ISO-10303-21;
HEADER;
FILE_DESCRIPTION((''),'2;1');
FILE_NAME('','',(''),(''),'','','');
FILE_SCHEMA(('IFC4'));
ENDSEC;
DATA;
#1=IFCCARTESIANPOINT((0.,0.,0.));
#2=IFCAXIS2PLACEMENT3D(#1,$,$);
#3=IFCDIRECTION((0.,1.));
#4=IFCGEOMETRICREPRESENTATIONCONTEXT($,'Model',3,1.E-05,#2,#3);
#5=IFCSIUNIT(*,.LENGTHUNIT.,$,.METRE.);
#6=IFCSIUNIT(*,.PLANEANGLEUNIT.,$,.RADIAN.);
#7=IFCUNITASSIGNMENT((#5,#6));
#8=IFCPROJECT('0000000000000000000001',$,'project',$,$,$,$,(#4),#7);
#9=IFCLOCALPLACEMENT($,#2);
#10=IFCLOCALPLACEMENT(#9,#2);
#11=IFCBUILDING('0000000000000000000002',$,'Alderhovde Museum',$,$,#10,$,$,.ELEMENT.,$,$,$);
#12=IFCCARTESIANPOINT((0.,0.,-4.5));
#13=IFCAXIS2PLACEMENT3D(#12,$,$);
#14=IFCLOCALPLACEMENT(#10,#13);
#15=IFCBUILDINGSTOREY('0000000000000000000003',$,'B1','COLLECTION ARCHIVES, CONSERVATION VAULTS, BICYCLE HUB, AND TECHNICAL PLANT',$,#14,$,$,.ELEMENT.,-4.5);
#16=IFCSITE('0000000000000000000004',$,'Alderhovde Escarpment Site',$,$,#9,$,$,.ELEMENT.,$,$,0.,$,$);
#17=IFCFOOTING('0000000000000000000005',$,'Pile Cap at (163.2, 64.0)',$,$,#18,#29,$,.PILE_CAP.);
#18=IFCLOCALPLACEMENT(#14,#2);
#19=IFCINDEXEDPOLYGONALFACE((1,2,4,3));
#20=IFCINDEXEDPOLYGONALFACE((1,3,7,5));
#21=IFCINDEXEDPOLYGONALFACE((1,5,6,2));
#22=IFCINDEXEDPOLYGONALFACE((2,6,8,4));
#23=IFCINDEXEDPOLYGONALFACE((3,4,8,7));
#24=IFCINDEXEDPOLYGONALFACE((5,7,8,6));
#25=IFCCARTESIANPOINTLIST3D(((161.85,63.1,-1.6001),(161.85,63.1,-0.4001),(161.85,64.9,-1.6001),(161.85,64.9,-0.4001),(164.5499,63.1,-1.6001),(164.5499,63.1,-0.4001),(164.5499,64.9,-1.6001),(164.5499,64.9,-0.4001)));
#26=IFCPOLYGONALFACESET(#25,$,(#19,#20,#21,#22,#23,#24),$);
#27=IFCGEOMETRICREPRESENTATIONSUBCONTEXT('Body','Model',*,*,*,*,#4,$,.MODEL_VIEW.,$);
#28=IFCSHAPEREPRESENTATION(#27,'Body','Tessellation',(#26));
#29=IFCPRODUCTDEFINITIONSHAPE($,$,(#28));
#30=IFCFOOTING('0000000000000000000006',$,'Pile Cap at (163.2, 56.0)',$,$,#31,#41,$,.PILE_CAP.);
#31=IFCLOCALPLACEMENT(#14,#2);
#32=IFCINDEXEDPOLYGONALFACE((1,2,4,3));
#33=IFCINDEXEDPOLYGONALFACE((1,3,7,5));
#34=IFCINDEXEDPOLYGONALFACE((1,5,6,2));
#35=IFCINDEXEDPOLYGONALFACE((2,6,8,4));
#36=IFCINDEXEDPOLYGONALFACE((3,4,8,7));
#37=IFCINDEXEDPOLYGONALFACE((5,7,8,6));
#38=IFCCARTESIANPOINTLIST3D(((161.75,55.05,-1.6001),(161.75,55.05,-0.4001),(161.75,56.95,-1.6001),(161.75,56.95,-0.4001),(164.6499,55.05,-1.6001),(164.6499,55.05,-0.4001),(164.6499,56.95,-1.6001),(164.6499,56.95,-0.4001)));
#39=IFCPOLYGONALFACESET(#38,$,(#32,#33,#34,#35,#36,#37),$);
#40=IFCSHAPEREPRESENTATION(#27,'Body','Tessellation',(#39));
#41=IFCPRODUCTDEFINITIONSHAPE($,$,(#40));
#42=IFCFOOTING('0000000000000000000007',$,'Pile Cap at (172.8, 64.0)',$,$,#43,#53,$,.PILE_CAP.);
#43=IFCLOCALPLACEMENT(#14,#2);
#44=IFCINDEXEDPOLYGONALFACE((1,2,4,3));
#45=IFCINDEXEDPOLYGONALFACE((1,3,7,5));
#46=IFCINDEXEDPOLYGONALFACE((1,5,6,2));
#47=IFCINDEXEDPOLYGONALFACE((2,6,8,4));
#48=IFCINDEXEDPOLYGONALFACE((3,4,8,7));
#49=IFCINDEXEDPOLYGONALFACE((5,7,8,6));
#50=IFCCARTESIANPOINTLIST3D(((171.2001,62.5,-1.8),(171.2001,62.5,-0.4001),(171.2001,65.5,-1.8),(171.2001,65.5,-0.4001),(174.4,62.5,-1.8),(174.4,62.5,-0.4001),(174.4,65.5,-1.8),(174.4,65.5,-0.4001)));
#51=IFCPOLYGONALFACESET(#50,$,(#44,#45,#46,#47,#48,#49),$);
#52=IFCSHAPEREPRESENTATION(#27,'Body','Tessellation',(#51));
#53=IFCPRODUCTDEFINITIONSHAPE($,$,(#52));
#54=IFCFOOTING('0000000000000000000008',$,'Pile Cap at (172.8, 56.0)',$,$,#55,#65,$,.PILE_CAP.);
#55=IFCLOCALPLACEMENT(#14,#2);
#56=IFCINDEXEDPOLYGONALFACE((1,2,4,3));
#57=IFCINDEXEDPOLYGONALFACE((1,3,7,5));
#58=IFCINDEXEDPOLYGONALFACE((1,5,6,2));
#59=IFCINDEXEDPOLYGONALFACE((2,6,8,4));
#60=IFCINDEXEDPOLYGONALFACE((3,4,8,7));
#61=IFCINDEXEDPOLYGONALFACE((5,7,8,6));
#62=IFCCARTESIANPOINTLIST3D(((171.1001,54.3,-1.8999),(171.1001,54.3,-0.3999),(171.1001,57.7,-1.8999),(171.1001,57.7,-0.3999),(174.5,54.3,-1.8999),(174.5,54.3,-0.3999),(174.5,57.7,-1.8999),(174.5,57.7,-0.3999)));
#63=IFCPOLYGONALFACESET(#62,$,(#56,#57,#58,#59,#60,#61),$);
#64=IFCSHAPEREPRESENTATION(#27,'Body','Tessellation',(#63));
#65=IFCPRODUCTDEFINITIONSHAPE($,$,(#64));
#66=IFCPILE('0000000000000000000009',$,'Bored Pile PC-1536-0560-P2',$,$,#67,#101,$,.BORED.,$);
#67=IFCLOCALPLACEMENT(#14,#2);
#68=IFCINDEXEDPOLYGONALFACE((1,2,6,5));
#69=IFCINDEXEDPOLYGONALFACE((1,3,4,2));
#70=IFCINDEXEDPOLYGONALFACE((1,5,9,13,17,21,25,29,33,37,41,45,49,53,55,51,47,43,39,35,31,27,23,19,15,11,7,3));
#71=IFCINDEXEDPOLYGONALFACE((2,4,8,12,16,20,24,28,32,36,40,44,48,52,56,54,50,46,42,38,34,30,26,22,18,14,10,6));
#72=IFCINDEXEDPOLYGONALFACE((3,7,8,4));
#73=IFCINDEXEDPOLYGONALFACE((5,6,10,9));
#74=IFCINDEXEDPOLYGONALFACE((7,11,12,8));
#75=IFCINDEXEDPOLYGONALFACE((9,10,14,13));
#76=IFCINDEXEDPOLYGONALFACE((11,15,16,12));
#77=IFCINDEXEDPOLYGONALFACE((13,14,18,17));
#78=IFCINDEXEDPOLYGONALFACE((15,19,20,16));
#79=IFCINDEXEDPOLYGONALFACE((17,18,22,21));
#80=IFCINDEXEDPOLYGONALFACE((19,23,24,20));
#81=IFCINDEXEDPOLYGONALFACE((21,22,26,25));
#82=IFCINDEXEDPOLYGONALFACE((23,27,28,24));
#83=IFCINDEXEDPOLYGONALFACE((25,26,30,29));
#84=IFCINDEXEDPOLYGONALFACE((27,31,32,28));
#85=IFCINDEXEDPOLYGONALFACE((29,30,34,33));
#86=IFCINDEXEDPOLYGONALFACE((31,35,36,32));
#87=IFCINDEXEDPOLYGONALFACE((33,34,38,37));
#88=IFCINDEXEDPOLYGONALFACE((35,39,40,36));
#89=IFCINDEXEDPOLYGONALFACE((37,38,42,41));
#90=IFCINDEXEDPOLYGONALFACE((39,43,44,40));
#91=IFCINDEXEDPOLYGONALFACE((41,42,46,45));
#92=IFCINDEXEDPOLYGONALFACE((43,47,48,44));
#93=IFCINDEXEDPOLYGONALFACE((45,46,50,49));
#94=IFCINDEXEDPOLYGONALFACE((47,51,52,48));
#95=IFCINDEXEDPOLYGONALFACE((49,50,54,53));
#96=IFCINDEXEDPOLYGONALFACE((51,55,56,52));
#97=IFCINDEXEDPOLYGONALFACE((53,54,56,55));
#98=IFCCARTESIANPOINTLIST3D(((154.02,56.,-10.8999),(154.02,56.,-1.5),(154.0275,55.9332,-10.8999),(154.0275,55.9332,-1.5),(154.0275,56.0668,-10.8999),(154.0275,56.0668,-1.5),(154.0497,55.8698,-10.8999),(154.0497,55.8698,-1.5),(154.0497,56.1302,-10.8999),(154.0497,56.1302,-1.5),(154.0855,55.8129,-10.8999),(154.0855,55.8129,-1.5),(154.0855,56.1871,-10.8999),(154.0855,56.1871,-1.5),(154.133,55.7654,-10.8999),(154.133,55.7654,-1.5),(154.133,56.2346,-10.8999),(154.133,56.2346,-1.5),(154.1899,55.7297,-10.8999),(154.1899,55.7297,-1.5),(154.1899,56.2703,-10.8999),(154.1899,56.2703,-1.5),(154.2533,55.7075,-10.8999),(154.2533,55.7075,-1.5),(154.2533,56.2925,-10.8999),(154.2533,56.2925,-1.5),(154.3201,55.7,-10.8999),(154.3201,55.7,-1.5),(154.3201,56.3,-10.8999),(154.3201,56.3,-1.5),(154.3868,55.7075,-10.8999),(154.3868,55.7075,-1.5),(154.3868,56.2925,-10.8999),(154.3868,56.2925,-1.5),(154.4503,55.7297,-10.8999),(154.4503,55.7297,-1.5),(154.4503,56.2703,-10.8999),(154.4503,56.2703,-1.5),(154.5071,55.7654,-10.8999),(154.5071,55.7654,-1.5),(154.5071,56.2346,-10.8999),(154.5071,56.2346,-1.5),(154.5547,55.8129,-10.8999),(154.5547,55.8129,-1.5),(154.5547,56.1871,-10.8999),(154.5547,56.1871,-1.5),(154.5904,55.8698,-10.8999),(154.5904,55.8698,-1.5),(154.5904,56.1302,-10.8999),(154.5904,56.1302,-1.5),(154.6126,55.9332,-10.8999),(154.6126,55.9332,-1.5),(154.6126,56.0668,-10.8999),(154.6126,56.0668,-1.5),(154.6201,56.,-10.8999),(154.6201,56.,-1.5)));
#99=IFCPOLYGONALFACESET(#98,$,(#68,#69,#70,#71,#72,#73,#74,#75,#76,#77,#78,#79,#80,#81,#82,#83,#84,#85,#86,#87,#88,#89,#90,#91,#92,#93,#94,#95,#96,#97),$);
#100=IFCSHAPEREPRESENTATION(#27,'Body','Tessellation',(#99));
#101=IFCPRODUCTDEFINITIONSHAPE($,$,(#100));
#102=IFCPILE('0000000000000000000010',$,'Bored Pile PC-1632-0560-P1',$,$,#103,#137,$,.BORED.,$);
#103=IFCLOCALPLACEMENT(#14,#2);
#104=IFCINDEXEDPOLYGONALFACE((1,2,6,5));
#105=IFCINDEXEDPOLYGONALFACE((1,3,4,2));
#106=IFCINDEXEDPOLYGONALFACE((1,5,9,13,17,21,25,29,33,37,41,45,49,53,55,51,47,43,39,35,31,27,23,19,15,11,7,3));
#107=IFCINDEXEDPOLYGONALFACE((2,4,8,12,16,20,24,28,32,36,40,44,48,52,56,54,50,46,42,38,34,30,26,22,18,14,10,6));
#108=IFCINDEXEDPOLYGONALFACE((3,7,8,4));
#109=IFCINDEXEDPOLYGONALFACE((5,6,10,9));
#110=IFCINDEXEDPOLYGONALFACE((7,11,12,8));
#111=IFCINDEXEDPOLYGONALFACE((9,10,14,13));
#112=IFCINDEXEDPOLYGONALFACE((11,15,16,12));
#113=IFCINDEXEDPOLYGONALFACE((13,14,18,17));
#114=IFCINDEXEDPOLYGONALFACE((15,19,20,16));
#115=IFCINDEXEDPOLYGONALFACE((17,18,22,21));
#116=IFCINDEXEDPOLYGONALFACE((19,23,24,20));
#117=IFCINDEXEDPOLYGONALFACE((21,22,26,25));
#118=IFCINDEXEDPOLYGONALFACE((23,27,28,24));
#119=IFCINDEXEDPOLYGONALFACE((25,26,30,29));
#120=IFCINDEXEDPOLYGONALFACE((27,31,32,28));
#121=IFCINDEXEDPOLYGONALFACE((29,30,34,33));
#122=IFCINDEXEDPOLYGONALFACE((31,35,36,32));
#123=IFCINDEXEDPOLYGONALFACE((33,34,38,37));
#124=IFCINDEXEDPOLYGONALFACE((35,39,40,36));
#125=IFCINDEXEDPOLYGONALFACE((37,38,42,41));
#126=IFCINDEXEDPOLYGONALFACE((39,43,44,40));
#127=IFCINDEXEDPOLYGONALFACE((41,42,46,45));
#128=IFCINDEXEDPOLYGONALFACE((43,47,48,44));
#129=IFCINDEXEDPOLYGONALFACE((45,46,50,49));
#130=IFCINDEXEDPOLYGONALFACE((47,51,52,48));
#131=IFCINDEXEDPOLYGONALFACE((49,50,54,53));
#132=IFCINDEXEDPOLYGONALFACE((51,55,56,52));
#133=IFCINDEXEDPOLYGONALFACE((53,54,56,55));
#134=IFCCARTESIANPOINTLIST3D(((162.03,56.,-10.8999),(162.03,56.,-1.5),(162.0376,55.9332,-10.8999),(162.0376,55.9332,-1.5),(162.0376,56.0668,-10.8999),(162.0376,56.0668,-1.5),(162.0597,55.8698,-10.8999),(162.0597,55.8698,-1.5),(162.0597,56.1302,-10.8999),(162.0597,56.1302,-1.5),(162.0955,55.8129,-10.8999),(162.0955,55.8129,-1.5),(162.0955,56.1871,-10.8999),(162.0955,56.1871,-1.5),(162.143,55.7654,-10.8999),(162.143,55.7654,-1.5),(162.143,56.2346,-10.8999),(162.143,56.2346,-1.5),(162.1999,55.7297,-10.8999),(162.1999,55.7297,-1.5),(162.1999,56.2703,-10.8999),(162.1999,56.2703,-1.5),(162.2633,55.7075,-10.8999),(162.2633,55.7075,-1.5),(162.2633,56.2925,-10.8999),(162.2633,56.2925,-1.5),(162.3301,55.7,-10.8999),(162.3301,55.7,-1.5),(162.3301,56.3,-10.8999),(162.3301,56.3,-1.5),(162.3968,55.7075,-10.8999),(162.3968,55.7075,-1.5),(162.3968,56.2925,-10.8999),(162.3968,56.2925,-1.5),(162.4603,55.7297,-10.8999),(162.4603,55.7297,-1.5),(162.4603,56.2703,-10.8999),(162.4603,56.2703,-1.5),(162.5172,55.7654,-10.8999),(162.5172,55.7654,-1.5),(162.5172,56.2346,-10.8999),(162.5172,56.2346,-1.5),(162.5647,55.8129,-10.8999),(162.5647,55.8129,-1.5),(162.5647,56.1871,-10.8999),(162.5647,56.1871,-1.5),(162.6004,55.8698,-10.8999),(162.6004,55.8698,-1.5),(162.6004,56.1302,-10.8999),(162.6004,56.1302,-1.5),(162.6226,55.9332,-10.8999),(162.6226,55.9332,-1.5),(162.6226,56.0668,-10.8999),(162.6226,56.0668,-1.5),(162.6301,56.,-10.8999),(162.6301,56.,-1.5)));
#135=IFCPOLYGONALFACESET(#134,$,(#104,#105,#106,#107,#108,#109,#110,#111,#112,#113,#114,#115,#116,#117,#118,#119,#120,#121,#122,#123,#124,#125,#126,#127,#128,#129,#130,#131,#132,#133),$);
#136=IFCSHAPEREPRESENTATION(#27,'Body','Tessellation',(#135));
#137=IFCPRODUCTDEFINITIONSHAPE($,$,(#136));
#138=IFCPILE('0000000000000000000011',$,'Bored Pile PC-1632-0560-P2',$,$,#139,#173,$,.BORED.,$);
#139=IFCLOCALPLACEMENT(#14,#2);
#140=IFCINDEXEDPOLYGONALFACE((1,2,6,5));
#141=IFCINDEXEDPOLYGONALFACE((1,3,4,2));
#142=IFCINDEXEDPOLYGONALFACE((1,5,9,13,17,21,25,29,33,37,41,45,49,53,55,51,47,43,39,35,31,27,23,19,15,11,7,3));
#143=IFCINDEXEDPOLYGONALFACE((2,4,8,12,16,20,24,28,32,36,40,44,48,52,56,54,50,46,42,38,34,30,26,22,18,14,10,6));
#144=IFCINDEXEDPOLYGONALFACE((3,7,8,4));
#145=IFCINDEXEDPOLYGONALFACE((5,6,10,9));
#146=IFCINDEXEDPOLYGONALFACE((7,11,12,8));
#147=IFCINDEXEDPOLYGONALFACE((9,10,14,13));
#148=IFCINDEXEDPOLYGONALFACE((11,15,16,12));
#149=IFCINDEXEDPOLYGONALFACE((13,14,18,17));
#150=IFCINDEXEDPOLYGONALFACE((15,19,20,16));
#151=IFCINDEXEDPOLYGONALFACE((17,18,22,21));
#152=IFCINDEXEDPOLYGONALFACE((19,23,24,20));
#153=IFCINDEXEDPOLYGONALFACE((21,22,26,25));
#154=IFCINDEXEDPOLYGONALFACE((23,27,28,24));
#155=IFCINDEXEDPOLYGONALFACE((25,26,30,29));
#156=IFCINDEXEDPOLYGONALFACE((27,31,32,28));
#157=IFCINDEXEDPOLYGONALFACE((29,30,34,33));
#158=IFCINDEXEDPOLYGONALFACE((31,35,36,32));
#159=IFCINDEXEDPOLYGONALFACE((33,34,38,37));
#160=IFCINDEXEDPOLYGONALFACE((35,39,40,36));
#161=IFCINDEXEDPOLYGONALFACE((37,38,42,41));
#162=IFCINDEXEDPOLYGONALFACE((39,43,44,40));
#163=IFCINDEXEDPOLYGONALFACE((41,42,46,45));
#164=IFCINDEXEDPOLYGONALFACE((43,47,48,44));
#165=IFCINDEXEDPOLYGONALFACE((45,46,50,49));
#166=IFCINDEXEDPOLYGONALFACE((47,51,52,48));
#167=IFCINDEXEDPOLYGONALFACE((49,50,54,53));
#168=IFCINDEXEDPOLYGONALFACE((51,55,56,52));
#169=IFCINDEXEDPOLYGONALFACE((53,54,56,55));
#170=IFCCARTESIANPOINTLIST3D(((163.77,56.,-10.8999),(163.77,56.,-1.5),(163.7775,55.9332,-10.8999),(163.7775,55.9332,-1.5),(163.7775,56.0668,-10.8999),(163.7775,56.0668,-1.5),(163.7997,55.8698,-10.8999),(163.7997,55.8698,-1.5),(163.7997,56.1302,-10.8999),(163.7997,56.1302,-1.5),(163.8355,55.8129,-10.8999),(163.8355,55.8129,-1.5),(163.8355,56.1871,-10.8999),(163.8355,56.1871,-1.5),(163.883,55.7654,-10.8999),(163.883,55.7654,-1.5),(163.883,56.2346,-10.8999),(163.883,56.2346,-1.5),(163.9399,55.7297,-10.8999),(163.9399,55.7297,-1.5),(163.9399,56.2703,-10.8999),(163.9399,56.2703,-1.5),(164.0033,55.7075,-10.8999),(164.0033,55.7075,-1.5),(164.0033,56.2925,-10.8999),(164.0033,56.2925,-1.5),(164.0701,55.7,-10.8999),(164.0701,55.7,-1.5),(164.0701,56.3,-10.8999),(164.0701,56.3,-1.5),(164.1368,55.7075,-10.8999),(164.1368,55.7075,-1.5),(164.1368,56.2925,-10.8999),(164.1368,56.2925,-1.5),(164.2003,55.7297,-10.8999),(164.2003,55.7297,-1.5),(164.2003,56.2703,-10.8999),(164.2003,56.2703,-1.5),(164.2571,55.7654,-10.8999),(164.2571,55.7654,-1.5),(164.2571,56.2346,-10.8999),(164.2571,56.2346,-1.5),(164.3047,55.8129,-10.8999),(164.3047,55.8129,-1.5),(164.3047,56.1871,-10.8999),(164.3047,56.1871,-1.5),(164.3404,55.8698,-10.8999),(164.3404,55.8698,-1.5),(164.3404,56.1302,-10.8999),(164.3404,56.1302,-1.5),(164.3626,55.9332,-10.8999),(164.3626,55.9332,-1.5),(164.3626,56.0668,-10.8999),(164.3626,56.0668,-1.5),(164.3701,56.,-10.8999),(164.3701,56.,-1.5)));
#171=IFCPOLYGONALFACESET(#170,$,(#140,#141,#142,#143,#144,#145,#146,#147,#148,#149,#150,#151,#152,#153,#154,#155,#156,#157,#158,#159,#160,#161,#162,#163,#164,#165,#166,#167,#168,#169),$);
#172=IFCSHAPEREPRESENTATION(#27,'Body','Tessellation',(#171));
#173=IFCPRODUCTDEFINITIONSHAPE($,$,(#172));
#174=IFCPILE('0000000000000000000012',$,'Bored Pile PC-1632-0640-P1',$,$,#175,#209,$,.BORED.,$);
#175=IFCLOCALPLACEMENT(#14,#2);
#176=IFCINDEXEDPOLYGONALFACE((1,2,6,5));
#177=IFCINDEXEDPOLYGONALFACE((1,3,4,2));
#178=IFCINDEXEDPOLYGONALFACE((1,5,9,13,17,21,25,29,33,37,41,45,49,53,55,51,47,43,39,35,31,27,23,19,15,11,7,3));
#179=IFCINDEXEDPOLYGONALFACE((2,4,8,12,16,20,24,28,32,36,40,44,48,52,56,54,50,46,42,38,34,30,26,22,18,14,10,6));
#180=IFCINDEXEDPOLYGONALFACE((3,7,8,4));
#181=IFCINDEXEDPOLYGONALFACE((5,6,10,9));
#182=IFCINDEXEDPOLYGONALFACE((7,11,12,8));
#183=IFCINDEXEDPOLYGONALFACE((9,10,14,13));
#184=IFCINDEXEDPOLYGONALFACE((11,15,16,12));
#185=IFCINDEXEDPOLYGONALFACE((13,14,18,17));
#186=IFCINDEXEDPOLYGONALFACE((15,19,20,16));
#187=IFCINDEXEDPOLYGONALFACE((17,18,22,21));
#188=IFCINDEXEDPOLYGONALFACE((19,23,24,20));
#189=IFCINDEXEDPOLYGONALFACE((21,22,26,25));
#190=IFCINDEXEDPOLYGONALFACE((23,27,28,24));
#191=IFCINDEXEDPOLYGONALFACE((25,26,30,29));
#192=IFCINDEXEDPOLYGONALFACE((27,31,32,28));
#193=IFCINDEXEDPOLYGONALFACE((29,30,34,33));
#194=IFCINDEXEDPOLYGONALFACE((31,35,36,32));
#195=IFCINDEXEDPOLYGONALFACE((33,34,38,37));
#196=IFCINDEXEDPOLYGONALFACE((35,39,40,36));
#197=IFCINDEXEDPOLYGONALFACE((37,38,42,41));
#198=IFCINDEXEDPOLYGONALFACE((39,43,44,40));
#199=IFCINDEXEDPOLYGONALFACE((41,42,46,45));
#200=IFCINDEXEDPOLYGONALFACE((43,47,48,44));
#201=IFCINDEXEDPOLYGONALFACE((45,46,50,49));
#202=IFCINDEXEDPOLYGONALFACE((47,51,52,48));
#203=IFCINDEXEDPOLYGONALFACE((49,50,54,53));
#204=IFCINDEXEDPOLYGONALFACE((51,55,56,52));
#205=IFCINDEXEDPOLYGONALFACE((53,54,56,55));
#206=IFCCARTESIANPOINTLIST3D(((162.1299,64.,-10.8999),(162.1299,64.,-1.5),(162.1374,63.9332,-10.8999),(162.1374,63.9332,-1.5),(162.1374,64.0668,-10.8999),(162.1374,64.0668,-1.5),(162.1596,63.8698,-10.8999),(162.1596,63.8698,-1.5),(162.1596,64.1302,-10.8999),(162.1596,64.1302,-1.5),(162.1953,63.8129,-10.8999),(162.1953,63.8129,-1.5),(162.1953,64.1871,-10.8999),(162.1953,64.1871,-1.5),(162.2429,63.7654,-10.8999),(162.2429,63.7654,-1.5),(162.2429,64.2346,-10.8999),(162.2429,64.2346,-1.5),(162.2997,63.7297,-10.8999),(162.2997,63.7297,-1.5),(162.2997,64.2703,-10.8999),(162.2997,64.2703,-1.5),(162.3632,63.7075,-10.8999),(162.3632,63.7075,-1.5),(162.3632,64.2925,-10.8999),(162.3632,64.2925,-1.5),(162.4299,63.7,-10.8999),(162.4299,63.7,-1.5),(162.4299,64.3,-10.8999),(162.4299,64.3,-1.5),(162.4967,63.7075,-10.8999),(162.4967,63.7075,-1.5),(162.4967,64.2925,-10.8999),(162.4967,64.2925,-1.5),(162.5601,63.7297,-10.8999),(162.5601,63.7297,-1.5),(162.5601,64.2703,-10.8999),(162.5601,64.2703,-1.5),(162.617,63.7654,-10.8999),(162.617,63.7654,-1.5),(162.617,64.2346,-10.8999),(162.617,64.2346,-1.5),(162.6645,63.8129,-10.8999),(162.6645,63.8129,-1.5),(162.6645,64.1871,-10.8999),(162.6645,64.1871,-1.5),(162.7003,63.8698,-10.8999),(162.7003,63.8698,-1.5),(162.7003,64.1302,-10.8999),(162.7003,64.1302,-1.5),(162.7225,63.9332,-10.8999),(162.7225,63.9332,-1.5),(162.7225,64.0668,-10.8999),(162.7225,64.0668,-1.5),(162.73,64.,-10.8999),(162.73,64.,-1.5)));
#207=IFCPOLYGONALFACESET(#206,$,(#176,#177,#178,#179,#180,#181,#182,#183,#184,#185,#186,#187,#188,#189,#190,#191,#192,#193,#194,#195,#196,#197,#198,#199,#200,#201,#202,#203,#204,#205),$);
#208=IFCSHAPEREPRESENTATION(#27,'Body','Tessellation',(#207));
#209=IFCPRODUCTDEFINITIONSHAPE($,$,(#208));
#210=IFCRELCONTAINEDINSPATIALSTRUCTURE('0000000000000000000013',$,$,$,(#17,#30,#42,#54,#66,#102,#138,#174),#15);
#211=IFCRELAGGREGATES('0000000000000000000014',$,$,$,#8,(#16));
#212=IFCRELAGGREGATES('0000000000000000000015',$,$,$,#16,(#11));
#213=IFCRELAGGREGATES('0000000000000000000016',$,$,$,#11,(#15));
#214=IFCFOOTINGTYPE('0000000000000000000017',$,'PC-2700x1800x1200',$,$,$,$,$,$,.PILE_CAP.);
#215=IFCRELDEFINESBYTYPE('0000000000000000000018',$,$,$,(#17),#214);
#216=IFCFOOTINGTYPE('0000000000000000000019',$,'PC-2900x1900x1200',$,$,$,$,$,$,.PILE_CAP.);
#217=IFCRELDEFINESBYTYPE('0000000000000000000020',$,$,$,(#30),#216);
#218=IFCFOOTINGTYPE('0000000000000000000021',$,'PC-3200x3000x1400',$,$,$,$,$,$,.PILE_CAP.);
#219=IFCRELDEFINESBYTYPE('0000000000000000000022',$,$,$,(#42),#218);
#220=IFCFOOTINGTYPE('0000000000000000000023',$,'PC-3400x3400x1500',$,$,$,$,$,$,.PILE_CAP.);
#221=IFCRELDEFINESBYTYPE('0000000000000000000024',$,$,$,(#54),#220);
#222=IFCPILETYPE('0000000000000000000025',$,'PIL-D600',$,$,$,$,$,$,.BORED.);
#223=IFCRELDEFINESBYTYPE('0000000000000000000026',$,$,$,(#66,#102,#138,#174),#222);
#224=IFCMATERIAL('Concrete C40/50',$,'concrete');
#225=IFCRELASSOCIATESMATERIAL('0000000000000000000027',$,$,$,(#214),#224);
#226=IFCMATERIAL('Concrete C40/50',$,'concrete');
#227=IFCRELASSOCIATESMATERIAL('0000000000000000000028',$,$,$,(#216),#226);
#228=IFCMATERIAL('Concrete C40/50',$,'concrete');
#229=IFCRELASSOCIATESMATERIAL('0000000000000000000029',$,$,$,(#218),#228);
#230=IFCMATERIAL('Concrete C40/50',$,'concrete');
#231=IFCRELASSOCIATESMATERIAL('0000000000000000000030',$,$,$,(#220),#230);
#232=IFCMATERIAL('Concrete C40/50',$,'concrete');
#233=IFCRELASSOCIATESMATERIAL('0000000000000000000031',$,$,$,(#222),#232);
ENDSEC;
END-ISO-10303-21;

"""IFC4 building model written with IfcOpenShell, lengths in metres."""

from ifc_helpers import new_model, si_unit, direction, frame, origin, origin_2d, place, context, subcontext, project, spatial, rectangle, circle, extrude, material, material_profile, profile_set, type_object, element, save


model = new_model("IFC4")

# Units and contexts
model_context = context("Model", 3, precision=1e-05, world=origin(), true_north=direction((0.0, 1.0)))
body_context = subcontext(model_context, "Body", "Model", "MODEL_VIEW")
ifc_project = project(units=[si_unit("LENGTHUNIT", "METRE"), si_unit("PLANEANGLEUNIT", "RADIAN")], contexts=[model_context])

# Site, building, storey
site_placement = place(None, origin())
site = spatial("IfcSite", under=ifc_project, at=site_placement, Name="Alderhovde Escarpment Site", CompositionType="ELEMENT", RefElevation=0.0)
building_placement = place(site_placement, origin())
building = spatial("IfcBuilding", under=site, at=building_placement, Name="Alderhovde Museum", CompositionType="ELEMENT")
storey_placement = place(building_placement, frame((0.0, 0.0, -4.5)))
storey = spatial("IfcBuildingStorey", under=building, at=storey_placement, Name="B1", Description="COLLECTION ARCHIVES, CONSERVATION VAULTS, BICYCLE HUB, AND TECHNICAL PLANT", CompositionType="ELEMENT", Elevation=-4.5)

# Footings
ifc_material_1 = material(Name="Concrete C40/50", Category="concrete")
footing_type_1 = type_object("IfcFootingType", Name="PC-2700x1800x1200", PredefinedType="PILE_CAP", material=ifc_material_1)
footing_1_placement = place(storey_placement, frame((163.2, 64.0, -1.6001), z_axis=(0.0, 0.0, 1.0), x_axis=(1.0, 0.0, 0.0)))
element("IfcFooting", 1, at=footing_1_placement, inside=storey, type_object=footing_type_1, Name="Pile Cap at (163.2, 64.0)", PredefinedType="PILE_CAP", context=body_context, shape_type="SweptSolid", body=[
    extrude(rectangle(XDim=2.7, YDim=1.8, at=origin_2d()), origin(), (0.0, 0.0, 1.0), 1.2),
])
ifc_material_2 = material(Name="Concrete C40/50", Category="concrete")
footing_type_2 = type_object("IfcFootingType", Name="PC-2900x1900x1200", PredefinedType="PILE_CAP", material=ifc_material_2)
footing_2_placement = place(storey_placement, frame((163.2, 56.0, -1.6001), z_axis=(0.0, 0.0, 1.0), x_axis=(1.0, 0.0, 0.0)))
element("IfcFooting", 2, at=footing_2_placement, inside=storey, type_object=footing_type_2, Name="Pile Cap at (163.2, 56.0)", PredefinedType="PILE_CAP", context=body_context, shape_type="SweptSolid", body=[
    extrude(rectangle(XDim=2.8999, YDim=1.8999, at=origin_2d()), origin(), (0.0, 0.0, 1.0), 1.2),
])
ifc_material_3 = material(Name="Concrete C40/50", Category="concrete")
footing_type_3 = type_object("IfcFootingType", Name="PC-3200x3000x1400", PredefinedType="PILE_CAP", material=ifc_material_3)
footing_3_placement = place(storey_placement, frame((172.8, 64.0, -1.8), z_axis=(0.0, 0.0, 1.0), x_axis=(1.0, 0.0, 0.0)))
element("IfcFooting", 3, at=footing_3_placement, inside=storey, type_object=footing_type_3, Name="Pile Cap at (172.8, 64.0)", PredefinedType="PILE_CAP", context=body_context, shape_type="SweptSolid", body=[
    extrude(rectangle(XDim=3.2, YDim=3.0, at=origin_2d()), origin(), (0.0, 0.0, 1.0), 1.3999),
])
ifc_material_4 = material(Name="Concrete C40/50", Category="concrete")
footing_type_4 = type_object("IfcFootingType", Name="PC-3400x3400x1500", PredefinedType="PILE_CAP", material=ifc_material_4)
footing_4_placement = place(storey_placement, frame((172.8, 56.0, -1.8999), z_axis=(0.0, 0.0, 1.0), x_axis=(1.0, 0.0, 0.0)))
element("IfcFooting", 4, at=footing_4_placement, inside=storey, type_object=footing_type_4, Name="Pile Cap at (172.8, 56.0)", PredefinedType="PILE_CAP", context=body_context, shape_type="SweptSolid", body=[
    extrude(rectangle(XDim=3.3999, YDim=3.3999, at=origin_2d()), origin(), (0.0, 0.0, 1.0), 1.5),
])

# Piles
ifc_material_5 = material(Name="Concrete C40/50", Category="concrete")
ifc_material_profile_1 = material_profile(ifc_material_5, circle(Radius=0.3, at=origin_2d()), Name="PILE-D600")
ifc_profile_set_1 = profile_set([ifc_material_profile_1], Name="Concrete C40/50")
pile_type_1 = type_object("IfcPileType", Name="PIL-D600", PredefinedType="BORED", material=ifc_profile_set_1)
for number, where, z_axis, x_axis, name in (
    (5, (154.3201, 56.0, -1.5), (0.0, 0.0, -1.0), (1.0, 0.0, 0.0), "Bored Pile PC-1536-0560-P2"),
    (6, (162.3301, 56.0, -1.5), (0.0, 0.0, -1.0), (1.0, 0.0, 0.0), "Bored Pile PC-1632-0560-P1"),
    (7, (164.0701, 56.0, -1.5), (0.0, 0.0, -1.0), (1.0, 0.0, 0.0), "Bored Pile PC-1632-0560-P2"),
    (8, (162.4299, 64.0, -1.5), (0.0, 0.0, -1.0), (1.0, 0.0, 0.0), "Bored Pile PC-1632-0640-P1"),
):
    element("IfcPile", number, at=place(storey_placement, frame(where, z_axis=z_axis, x_axis=x_axis)), inside=storey, type_object=pile_type_1, Name=name, PredefinedType="BORED", context=body_context, shape_type="SweptSolid", body=[
        extrude(circle(Radius=0.3, at=origin_2d()), origin(), (0.0, 0.0, 1.0), 9.3999),
    ])

save(model, "model.ifc")
